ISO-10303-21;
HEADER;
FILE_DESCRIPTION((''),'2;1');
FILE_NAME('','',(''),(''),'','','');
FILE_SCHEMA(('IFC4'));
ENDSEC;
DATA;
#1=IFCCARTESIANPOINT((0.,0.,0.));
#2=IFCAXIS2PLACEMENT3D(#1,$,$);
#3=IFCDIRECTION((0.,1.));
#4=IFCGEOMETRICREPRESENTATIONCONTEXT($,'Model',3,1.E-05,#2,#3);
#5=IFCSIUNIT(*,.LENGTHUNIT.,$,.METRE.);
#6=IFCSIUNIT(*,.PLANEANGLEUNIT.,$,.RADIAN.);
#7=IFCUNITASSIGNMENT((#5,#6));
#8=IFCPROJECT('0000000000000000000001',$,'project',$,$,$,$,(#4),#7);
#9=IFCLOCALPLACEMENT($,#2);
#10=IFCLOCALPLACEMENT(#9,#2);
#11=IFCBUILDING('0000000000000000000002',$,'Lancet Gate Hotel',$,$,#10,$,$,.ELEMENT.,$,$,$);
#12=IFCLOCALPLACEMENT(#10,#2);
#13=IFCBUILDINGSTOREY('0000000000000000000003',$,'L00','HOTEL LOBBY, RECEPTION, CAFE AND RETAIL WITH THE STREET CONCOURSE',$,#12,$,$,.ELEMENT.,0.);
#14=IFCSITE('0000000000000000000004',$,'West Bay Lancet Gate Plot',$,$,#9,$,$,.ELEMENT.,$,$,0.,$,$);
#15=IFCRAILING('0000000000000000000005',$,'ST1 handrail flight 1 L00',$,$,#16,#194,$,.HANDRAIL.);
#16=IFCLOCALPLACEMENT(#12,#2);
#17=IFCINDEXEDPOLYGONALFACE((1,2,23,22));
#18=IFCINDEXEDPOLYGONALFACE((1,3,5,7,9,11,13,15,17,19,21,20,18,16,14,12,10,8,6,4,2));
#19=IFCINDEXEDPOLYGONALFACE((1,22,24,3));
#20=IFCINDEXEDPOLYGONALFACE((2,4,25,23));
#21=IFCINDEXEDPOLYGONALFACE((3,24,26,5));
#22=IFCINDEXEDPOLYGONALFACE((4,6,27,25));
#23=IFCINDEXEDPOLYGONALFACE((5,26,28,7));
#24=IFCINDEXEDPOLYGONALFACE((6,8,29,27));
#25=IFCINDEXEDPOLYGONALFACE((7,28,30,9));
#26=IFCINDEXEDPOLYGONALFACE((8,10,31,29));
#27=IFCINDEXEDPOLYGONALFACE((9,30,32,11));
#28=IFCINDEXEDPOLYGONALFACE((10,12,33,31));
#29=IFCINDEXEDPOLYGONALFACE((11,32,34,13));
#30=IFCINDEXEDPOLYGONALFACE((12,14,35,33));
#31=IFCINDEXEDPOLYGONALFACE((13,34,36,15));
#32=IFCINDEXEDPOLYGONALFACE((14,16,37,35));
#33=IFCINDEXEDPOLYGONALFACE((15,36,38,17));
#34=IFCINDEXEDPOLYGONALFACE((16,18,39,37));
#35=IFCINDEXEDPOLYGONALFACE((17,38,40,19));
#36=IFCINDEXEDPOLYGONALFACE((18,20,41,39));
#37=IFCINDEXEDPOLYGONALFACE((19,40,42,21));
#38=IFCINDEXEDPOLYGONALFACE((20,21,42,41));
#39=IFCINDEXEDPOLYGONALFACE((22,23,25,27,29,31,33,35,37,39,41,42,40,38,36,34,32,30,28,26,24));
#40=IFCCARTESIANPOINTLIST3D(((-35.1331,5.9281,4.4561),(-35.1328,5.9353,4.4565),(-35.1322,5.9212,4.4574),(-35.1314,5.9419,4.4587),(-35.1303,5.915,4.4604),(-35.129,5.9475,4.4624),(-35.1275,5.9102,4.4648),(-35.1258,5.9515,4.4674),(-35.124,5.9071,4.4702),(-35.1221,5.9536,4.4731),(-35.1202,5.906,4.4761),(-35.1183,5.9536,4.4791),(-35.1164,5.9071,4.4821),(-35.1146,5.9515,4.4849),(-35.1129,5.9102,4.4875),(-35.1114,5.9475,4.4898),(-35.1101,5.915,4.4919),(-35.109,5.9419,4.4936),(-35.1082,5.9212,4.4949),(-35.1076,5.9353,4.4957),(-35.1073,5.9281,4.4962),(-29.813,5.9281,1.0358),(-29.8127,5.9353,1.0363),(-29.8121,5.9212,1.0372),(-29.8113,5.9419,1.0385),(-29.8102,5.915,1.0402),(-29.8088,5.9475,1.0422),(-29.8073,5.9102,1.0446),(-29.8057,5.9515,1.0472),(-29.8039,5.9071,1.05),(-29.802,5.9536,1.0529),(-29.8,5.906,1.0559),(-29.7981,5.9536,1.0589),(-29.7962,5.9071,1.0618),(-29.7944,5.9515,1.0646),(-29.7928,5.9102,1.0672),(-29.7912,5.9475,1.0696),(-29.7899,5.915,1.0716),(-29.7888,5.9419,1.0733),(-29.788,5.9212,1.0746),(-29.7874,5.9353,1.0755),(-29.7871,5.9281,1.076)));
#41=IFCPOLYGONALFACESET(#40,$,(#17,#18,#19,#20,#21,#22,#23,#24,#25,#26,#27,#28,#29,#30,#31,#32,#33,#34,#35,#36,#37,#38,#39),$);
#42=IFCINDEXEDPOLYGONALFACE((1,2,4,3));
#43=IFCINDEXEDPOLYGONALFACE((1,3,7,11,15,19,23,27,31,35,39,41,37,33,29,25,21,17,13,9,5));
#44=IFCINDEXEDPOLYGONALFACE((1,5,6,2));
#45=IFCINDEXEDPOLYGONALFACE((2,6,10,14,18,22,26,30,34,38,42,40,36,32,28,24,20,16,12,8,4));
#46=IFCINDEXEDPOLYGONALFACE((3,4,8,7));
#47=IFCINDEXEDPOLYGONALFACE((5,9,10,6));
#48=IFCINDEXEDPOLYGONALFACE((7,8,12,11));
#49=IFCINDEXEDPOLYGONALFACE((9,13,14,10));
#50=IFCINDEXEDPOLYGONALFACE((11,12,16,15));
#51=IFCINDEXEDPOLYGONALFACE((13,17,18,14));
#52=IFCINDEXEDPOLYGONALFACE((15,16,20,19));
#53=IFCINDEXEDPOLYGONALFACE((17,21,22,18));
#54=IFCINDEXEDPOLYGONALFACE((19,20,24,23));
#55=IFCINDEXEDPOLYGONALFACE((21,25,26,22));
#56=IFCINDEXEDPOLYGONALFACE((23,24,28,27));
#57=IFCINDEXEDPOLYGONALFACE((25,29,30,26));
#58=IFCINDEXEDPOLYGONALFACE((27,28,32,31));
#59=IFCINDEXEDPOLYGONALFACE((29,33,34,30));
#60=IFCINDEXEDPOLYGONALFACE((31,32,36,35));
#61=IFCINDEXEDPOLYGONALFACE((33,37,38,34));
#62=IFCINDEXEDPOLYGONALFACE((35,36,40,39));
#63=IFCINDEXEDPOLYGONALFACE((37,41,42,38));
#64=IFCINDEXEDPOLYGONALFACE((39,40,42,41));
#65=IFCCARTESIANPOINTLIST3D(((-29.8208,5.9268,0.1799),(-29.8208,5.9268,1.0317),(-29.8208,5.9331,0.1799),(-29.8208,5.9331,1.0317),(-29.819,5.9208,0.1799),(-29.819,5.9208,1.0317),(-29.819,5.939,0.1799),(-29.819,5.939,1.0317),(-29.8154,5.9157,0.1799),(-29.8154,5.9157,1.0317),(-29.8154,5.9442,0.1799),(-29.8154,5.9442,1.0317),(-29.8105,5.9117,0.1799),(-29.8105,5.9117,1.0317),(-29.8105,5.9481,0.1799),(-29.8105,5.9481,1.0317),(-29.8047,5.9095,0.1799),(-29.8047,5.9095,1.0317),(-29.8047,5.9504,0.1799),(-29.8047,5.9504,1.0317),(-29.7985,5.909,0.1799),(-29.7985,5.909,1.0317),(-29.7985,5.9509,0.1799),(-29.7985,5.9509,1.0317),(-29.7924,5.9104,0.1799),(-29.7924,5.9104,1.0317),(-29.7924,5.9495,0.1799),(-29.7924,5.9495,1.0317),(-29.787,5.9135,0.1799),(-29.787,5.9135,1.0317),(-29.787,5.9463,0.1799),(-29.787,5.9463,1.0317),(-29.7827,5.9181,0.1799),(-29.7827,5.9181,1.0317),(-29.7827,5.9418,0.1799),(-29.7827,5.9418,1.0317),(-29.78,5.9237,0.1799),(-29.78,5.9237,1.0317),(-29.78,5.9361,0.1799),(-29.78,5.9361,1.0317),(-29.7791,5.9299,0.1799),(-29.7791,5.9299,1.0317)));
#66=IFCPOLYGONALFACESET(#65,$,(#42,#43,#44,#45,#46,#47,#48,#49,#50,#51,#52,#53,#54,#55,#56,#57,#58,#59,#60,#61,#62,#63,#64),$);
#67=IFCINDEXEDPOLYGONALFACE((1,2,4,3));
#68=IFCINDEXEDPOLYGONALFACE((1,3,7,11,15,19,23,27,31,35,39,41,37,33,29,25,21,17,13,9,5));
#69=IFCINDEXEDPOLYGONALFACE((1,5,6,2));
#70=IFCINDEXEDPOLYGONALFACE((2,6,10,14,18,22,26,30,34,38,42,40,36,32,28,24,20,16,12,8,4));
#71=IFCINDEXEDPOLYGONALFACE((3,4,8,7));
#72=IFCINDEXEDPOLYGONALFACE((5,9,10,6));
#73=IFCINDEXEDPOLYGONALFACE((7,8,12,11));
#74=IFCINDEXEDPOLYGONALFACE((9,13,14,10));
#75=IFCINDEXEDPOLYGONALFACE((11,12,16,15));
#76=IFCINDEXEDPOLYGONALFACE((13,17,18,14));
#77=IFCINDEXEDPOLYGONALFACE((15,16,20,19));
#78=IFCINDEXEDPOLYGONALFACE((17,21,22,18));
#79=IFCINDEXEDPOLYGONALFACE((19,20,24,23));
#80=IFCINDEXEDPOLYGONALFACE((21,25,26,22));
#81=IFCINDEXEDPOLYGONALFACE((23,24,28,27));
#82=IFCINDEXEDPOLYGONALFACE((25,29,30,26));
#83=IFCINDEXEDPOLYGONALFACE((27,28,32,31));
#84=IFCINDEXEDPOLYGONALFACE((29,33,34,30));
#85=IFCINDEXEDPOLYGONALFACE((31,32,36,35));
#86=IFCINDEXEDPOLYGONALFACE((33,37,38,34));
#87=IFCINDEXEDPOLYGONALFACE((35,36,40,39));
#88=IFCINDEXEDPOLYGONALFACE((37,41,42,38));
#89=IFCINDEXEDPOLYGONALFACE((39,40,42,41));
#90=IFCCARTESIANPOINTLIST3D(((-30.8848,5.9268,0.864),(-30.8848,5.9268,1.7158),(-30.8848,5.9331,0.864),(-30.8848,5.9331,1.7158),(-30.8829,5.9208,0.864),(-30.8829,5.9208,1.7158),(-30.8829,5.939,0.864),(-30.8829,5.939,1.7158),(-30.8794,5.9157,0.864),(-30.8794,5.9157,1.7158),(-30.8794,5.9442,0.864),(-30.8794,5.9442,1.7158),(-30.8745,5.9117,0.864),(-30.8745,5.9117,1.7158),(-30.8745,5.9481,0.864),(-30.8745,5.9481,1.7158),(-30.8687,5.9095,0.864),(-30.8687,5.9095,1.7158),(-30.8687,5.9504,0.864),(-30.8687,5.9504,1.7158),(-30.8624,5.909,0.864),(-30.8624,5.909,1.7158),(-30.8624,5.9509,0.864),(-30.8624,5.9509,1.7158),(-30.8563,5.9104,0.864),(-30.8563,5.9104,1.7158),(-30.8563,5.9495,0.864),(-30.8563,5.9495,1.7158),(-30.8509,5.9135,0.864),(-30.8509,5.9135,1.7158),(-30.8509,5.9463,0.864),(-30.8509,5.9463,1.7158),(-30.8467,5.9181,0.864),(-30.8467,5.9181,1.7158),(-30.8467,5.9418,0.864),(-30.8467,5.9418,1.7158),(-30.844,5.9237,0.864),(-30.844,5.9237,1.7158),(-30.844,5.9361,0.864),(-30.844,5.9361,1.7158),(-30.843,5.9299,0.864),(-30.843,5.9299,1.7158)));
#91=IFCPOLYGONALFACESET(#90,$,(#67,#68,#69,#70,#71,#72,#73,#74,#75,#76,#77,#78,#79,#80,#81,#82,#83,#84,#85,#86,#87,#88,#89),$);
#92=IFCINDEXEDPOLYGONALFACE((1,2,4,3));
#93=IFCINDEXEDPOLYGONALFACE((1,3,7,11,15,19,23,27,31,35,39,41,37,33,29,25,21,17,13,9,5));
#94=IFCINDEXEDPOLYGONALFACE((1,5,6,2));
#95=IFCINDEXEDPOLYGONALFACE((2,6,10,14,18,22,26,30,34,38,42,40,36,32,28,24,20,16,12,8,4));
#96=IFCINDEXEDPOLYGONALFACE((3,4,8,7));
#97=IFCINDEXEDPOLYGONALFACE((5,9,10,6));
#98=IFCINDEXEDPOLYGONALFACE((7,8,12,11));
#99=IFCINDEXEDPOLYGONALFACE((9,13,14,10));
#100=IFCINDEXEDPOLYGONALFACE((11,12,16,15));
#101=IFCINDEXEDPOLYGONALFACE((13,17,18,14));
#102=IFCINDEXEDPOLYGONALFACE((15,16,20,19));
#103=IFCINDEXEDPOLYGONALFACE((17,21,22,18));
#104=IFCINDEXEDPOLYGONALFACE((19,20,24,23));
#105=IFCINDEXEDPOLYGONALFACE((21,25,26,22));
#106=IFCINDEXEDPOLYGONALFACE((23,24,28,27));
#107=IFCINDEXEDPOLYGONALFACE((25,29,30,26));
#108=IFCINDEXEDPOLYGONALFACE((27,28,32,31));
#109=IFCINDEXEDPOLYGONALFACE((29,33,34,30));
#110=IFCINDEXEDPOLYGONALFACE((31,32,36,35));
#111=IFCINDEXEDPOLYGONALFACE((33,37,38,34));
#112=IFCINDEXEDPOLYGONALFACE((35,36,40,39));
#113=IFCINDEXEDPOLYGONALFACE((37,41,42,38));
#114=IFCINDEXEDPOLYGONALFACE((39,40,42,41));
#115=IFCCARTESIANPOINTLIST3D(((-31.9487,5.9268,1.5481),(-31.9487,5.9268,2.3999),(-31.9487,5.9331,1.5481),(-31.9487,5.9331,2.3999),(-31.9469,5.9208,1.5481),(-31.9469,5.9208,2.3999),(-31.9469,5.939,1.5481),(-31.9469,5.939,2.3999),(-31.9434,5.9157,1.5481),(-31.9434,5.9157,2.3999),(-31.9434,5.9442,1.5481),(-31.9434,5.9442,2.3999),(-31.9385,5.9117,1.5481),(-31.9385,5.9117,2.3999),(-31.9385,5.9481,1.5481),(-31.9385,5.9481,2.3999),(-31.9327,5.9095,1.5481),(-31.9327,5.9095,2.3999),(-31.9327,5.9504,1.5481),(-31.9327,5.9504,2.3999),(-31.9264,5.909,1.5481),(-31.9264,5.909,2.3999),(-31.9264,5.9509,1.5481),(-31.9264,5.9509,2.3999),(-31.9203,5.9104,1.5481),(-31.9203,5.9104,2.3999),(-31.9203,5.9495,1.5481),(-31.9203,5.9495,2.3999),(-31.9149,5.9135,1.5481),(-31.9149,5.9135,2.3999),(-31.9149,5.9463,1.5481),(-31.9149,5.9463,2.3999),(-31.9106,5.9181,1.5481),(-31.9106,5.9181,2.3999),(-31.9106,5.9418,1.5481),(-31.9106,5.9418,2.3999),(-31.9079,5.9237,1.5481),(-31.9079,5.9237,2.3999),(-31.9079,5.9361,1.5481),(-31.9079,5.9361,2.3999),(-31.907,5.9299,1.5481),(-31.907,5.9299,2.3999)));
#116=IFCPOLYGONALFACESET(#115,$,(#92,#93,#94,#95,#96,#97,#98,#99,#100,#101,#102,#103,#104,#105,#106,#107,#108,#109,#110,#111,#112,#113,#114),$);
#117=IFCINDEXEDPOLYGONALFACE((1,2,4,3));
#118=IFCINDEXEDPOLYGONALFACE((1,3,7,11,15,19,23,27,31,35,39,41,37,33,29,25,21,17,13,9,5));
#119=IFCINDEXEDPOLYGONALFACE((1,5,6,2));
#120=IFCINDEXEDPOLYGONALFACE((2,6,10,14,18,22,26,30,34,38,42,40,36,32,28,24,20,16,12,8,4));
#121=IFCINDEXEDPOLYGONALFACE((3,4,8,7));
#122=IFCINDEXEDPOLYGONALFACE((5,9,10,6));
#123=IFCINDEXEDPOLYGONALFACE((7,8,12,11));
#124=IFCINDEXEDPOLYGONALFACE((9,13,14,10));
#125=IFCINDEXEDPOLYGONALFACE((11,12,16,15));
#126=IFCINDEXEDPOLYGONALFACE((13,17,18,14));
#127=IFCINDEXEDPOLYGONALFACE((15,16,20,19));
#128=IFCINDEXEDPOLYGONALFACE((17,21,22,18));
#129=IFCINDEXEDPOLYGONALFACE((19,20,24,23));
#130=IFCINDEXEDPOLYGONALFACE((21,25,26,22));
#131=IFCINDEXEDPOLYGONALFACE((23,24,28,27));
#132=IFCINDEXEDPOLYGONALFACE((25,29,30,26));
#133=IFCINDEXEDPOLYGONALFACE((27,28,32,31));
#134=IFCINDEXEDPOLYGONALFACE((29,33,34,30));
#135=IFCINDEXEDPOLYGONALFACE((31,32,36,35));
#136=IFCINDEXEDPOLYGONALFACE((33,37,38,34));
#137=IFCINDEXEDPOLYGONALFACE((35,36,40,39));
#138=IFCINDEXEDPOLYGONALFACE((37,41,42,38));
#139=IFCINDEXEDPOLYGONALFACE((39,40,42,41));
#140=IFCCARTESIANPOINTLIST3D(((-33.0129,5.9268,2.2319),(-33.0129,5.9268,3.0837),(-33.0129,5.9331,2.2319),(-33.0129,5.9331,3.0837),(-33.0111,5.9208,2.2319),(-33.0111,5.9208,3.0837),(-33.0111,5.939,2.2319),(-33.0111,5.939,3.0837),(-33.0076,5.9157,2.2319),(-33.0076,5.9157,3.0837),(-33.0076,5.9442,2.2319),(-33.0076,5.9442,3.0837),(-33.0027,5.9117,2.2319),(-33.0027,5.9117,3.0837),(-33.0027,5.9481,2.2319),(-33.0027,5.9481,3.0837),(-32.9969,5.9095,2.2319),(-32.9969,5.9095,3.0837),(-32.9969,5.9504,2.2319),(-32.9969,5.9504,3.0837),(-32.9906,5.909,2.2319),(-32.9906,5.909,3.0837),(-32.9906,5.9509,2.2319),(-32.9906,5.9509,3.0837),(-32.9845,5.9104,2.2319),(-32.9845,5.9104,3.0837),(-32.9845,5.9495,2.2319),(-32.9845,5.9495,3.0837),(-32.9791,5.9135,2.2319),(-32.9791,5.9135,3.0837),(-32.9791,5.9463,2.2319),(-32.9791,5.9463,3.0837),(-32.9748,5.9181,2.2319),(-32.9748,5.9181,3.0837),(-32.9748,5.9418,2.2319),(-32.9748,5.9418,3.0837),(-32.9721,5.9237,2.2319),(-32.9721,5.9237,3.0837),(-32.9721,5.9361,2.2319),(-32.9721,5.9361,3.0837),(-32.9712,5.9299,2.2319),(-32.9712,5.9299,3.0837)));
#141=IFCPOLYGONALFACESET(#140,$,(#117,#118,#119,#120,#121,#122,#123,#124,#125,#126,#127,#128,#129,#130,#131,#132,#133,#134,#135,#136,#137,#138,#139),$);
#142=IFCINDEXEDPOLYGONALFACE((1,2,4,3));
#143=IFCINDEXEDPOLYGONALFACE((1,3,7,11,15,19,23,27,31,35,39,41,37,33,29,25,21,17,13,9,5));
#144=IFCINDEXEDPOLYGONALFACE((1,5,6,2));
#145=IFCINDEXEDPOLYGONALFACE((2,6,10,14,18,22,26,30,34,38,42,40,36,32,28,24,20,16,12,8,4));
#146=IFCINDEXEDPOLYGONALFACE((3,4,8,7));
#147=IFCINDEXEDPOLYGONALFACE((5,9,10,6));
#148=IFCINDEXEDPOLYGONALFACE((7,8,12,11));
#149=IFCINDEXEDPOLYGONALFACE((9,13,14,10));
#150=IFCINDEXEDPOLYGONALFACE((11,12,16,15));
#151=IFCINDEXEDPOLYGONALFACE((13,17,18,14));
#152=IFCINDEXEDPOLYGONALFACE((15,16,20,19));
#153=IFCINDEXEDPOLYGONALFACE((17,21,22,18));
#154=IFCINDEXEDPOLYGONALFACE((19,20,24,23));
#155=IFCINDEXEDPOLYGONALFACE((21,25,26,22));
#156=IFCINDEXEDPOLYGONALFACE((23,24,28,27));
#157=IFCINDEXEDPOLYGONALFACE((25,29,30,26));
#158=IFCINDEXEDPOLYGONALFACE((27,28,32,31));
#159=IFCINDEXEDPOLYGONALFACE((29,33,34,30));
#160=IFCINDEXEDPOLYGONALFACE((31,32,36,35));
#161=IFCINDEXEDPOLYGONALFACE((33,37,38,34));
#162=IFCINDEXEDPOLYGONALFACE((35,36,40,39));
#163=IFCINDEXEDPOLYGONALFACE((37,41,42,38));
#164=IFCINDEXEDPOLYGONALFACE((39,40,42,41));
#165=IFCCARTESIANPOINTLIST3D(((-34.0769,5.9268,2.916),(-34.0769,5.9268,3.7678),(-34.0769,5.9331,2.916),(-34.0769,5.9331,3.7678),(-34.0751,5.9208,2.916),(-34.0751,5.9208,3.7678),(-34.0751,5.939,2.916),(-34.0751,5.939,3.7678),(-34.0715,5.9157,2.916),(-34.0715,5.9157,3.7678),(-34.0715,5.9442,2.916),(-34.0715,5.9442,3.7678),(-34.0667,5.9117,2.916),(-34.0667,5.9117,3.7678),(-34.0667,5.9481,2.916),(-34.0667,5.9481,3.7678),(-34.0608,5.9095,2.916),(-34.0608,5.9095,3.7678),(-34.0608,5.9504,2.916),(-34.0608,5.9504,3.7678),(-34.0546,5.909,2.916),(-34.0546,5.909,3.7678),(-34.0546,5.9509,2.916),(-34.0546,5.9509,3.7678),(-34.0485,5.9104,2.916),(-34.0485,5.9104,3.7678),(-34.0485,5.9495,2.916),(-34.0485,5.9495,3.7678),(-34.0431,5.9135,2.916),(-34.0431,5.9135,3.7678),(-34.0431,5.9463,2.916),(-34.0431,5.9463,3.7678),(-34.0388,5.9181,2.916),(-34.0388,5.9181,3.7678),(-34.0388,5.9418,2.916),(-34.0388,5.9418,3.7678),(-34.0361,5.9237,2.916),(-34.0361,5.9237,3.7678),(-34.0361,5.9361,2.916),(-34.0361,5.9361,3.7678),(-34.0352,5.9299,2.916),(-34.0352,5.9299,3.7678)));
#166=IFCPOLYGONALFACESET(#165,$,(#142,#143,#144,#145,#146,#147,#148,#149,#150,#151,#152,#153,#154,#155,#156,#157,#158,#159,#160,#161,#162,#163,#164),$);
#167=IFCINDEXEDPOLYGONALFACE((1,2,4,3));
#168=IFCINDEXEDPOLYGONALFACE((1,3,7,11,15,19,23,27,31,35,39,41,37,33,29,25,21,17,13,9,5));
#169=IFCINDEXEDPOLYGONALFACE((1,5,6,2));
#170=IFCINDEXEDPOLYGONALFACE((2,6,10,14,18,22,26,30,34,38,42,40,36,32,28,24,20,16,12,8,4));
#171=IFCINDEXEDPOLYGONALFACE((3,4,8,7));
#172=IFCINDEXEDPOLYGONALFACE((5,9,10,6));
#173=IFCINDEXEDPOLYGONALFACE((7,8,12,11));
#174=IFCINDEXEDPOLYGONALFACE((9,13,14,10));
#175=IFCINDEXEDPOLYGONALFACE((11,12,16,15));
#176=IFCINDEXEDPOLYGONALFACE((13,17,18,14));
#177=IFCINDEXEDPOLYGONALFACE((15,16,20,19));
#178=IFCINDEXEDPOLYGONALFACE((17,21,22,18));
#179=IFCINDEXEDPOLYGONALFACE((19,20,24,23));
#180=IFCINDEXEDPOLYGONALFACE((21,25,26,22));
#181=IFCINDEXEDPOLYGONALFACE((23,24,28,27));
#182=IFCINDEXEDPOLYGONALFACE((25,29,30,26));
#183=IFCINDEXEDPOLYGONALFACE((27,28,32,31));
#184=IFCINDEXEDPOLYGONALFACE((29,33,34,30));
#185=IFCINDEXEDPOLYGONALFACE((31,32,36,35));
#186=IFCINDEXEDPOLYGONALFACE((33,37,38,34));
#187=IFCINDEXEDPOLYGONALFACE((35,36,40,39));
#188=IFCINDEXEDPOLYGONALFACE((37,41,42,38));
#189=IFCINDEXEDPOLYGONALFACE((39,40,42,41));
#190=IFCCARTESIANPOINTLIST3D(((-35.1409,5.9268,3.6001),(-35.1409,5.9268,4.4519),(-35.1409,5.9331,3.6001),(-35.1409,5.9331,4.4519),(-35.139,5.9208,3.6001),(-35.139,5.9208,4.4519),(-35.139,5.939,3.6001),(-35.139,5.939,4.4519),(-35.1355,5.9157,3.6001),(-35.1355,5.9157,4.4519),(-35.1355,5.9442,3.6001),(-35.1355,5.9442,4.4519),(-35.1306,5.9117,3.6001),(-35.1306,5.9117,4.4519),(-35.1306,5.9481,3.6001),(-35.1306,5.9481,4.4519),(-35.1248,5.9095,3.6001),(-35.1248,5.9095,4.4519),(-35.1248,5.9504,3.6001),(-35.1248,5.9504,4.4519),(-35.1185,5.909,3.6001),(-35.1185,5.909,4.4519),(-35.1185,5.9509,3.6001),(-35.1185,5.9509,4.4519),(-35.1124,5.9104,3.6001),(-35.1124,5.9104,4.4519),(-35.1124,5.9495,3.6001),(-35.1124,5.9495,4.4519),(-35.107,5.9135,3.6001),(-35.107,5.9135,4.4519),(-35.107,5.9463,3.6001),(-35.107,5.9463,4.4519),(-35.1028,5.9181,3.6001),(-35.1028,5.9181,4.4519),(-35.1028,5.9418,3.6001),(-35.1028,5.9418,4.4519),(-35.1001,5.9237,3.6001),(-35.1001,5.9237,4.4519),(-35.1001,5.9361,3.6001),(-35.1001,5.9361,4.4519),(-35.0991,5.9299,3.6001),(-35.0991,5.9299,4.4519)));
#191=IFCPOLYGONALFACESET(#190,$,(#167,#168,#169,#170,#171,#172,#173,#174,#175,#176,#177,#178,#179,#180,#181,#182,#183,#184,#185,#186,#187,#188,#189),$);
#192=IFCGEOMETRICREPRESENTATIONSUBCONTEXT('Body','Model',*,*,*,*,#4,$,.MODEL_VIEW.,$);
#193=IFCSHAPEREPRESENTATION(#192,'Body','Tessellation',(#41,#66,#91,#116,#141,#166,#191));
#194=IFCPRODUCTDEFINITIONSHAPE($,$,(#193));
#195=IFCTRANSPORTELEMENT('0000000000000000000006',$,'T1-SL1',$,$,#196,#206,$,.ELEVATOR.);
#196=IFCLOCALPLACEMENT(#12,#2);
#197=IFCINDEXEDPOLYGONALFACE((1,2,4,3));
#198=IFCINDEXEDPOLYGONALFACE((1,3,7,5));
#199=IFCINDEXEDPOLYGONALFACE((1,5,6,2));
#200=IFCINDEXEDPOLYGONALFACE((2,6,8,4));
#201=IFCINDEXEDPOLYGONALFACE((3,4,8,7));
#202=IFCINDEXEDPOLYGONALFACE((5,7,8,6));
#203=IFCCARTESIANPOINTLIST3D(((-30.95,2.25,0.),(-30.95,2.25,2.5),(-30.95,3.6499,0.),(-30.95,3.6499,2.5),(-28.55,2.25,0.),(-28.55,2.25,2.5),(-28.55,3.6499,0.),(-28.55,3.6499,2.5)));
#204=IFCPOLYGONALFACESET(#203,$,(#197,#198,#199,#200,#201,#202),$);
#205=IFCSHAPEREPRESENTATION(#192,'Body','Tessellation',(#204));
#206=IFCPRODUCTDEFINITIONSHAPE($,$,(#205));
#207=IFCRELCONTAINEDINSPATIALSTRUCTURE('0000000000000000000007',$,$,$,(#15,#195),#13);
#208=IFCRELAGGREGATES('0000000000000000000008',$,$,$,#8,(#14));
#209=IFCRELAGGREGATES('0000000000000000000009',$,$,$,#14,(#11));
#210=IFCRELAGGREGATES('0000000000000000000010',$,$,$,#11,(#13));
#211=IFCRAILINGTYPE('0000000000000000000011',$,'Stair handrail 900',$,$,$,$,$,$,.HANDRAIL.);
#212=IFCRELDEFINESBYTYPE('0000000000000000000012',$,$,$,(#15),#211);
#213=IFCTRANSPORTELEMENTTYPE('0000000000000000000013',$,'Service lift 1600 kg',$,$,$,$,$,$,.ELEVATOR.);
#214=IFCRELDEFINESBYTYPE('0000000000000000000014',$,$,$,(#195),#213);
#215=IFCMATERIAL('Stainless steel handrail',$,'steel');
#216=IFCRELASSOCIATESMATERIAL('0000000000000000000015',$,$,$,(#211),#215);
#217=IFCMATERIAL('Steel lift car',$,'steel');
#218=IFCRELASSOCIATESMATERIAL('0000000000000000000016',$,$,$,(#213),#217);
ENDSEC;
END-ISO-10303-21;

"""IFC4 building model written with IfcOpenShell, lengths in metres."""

from ifc_helpers import new_model, si_unit, direction, frame, origin, origin_2d, place, context, subcontext, project, spatial, rectangle, circle, extrude, material, type_object, element, save


model = new_model("IFC4")

# Units and contexts
model_context = context("Model", 3, precision=1e-05, world=origin(), true_north=direction((0.0, 1.0)))
body_context = subcontext(model_context, "Body", "Model", "MODEL_VIEW")
ifc_project = project(units=[si_unit("LENGTHUNIT", "METRE"), si_unit("PLANEANGLEUNIT", "RADIAN")], contexts=[model_context])

# Site, building, storey
site_placement = place(None, origin())
site = spatial("IfcSite", under=ifc_project, at=site_placement, Name="West Bay Lancet Gate Plot", CompositionType="ELEMENT", RefElevation=0.0)
building_placement = place(site_placement, origin())
building = spatial("IfcBuilding", under=site, at=building_placement, Name="Lancet Gate Hotel", CompositionType="ELEMENT")
storey_placement = place(building_placement, origin())
storey = spatial("IfcBuildingStorey", under=building, at=storey_placement, Name="L00", Description="HOTEL LOBBY, RECEPTION, CAFE AND RETAIL WITH THE STREET CONCOURSE", CompositionType="ELEMENT", Elevation=0.0)

# Railing
ifc_material_1 = material(Name="Stainless steel handrail", Category="steel")
railing_type = type_object("IfcRailingType", Name="Stair handrail 900", PredefinedType="HANDRAIL", material=ifc_material_1)
railing_1_placement = place(storey_placement, frame((-29.8, 5.9299, 0.1799)))
element("IfcRailing", 1, at=railing_1_placement, inside=storey, type_object=railing_type, Name="ST1 handrail flight 1 L00", PredefinedType="HANDRAIL", context=body_context, shape_type="SweptSolid", body=[
    extrude(circle(Radius=0.0239, at=origin_2d()), frame((0.0, 0.0, 0.876), z_axis=(-0.84117, 0.0, 0.540771), x_axis=(0.0, -1.0, 0.0)), (0.0, 0.0, 1.0), 6.3247),
    extrude(circle(Radius=0.021, at=origin_2d()), origin(), (0.0, 0.0, 1.0), 0.8518),
    extrude(circle(Radius=0.021, at=origin_2d()), frame((-1.064, 0.0, 0.6841)), (0.0, 0.0, 1.0), 0.8518),
    extrude(circle(Radius=0.021, at=origin_2d()), frame((-2.1279, 0.0, 1.3682)), (0.0, 0.0, 1.0), 0.8518),
    extrude(circle(Radius=0.021, at=origin_2d()), frame((-3.1921, 0.0, 2.052)), (0.0, 0.0, 1.0), 0.8518),
    extrude(circle(Radius=0.021, at=origin_2d()), frame((-4.2561, 0.0, 2.7361)), (0.0, 0.0, 1.0), 0.8518),
    extrude(circle(Radius=0.021, at=origin_2d()), frame((-5.3201, 0.0, 3.4202)), (0.0, 0.0, 1.0), 0.8518),
])

# Transport element
ifc_material_2 = material(Name="Steel lift car", Category="steel")
transport_element_type = type_object("IfcTransportElementType", Name="Service lift 1600 kg", PredefinedType="ELEVATOR", material=ifc_material_2)
transport_element_placement = place(storey_placement, frame((-29.75, 2.95, 0.0), z_axis=(0.0, 0.0, 1.0), x_axis=(1.0, 0.0, 0.0)))
element("IfcTransportElement", 2, at=transport_element_placement, inside=storey, type_object=transport_element_type, Name="T1-SL1", PredefinedType="ELEVATOR", context=body_context, shape_type="SweptSolid", body=[
    extrude(rectangle(XDim=2.3999, YDim=1.3999, at=origin_2d()), origin(), (0.0, 0.0, 1.0), 2.5),
])

save(model, "model.ifc")
